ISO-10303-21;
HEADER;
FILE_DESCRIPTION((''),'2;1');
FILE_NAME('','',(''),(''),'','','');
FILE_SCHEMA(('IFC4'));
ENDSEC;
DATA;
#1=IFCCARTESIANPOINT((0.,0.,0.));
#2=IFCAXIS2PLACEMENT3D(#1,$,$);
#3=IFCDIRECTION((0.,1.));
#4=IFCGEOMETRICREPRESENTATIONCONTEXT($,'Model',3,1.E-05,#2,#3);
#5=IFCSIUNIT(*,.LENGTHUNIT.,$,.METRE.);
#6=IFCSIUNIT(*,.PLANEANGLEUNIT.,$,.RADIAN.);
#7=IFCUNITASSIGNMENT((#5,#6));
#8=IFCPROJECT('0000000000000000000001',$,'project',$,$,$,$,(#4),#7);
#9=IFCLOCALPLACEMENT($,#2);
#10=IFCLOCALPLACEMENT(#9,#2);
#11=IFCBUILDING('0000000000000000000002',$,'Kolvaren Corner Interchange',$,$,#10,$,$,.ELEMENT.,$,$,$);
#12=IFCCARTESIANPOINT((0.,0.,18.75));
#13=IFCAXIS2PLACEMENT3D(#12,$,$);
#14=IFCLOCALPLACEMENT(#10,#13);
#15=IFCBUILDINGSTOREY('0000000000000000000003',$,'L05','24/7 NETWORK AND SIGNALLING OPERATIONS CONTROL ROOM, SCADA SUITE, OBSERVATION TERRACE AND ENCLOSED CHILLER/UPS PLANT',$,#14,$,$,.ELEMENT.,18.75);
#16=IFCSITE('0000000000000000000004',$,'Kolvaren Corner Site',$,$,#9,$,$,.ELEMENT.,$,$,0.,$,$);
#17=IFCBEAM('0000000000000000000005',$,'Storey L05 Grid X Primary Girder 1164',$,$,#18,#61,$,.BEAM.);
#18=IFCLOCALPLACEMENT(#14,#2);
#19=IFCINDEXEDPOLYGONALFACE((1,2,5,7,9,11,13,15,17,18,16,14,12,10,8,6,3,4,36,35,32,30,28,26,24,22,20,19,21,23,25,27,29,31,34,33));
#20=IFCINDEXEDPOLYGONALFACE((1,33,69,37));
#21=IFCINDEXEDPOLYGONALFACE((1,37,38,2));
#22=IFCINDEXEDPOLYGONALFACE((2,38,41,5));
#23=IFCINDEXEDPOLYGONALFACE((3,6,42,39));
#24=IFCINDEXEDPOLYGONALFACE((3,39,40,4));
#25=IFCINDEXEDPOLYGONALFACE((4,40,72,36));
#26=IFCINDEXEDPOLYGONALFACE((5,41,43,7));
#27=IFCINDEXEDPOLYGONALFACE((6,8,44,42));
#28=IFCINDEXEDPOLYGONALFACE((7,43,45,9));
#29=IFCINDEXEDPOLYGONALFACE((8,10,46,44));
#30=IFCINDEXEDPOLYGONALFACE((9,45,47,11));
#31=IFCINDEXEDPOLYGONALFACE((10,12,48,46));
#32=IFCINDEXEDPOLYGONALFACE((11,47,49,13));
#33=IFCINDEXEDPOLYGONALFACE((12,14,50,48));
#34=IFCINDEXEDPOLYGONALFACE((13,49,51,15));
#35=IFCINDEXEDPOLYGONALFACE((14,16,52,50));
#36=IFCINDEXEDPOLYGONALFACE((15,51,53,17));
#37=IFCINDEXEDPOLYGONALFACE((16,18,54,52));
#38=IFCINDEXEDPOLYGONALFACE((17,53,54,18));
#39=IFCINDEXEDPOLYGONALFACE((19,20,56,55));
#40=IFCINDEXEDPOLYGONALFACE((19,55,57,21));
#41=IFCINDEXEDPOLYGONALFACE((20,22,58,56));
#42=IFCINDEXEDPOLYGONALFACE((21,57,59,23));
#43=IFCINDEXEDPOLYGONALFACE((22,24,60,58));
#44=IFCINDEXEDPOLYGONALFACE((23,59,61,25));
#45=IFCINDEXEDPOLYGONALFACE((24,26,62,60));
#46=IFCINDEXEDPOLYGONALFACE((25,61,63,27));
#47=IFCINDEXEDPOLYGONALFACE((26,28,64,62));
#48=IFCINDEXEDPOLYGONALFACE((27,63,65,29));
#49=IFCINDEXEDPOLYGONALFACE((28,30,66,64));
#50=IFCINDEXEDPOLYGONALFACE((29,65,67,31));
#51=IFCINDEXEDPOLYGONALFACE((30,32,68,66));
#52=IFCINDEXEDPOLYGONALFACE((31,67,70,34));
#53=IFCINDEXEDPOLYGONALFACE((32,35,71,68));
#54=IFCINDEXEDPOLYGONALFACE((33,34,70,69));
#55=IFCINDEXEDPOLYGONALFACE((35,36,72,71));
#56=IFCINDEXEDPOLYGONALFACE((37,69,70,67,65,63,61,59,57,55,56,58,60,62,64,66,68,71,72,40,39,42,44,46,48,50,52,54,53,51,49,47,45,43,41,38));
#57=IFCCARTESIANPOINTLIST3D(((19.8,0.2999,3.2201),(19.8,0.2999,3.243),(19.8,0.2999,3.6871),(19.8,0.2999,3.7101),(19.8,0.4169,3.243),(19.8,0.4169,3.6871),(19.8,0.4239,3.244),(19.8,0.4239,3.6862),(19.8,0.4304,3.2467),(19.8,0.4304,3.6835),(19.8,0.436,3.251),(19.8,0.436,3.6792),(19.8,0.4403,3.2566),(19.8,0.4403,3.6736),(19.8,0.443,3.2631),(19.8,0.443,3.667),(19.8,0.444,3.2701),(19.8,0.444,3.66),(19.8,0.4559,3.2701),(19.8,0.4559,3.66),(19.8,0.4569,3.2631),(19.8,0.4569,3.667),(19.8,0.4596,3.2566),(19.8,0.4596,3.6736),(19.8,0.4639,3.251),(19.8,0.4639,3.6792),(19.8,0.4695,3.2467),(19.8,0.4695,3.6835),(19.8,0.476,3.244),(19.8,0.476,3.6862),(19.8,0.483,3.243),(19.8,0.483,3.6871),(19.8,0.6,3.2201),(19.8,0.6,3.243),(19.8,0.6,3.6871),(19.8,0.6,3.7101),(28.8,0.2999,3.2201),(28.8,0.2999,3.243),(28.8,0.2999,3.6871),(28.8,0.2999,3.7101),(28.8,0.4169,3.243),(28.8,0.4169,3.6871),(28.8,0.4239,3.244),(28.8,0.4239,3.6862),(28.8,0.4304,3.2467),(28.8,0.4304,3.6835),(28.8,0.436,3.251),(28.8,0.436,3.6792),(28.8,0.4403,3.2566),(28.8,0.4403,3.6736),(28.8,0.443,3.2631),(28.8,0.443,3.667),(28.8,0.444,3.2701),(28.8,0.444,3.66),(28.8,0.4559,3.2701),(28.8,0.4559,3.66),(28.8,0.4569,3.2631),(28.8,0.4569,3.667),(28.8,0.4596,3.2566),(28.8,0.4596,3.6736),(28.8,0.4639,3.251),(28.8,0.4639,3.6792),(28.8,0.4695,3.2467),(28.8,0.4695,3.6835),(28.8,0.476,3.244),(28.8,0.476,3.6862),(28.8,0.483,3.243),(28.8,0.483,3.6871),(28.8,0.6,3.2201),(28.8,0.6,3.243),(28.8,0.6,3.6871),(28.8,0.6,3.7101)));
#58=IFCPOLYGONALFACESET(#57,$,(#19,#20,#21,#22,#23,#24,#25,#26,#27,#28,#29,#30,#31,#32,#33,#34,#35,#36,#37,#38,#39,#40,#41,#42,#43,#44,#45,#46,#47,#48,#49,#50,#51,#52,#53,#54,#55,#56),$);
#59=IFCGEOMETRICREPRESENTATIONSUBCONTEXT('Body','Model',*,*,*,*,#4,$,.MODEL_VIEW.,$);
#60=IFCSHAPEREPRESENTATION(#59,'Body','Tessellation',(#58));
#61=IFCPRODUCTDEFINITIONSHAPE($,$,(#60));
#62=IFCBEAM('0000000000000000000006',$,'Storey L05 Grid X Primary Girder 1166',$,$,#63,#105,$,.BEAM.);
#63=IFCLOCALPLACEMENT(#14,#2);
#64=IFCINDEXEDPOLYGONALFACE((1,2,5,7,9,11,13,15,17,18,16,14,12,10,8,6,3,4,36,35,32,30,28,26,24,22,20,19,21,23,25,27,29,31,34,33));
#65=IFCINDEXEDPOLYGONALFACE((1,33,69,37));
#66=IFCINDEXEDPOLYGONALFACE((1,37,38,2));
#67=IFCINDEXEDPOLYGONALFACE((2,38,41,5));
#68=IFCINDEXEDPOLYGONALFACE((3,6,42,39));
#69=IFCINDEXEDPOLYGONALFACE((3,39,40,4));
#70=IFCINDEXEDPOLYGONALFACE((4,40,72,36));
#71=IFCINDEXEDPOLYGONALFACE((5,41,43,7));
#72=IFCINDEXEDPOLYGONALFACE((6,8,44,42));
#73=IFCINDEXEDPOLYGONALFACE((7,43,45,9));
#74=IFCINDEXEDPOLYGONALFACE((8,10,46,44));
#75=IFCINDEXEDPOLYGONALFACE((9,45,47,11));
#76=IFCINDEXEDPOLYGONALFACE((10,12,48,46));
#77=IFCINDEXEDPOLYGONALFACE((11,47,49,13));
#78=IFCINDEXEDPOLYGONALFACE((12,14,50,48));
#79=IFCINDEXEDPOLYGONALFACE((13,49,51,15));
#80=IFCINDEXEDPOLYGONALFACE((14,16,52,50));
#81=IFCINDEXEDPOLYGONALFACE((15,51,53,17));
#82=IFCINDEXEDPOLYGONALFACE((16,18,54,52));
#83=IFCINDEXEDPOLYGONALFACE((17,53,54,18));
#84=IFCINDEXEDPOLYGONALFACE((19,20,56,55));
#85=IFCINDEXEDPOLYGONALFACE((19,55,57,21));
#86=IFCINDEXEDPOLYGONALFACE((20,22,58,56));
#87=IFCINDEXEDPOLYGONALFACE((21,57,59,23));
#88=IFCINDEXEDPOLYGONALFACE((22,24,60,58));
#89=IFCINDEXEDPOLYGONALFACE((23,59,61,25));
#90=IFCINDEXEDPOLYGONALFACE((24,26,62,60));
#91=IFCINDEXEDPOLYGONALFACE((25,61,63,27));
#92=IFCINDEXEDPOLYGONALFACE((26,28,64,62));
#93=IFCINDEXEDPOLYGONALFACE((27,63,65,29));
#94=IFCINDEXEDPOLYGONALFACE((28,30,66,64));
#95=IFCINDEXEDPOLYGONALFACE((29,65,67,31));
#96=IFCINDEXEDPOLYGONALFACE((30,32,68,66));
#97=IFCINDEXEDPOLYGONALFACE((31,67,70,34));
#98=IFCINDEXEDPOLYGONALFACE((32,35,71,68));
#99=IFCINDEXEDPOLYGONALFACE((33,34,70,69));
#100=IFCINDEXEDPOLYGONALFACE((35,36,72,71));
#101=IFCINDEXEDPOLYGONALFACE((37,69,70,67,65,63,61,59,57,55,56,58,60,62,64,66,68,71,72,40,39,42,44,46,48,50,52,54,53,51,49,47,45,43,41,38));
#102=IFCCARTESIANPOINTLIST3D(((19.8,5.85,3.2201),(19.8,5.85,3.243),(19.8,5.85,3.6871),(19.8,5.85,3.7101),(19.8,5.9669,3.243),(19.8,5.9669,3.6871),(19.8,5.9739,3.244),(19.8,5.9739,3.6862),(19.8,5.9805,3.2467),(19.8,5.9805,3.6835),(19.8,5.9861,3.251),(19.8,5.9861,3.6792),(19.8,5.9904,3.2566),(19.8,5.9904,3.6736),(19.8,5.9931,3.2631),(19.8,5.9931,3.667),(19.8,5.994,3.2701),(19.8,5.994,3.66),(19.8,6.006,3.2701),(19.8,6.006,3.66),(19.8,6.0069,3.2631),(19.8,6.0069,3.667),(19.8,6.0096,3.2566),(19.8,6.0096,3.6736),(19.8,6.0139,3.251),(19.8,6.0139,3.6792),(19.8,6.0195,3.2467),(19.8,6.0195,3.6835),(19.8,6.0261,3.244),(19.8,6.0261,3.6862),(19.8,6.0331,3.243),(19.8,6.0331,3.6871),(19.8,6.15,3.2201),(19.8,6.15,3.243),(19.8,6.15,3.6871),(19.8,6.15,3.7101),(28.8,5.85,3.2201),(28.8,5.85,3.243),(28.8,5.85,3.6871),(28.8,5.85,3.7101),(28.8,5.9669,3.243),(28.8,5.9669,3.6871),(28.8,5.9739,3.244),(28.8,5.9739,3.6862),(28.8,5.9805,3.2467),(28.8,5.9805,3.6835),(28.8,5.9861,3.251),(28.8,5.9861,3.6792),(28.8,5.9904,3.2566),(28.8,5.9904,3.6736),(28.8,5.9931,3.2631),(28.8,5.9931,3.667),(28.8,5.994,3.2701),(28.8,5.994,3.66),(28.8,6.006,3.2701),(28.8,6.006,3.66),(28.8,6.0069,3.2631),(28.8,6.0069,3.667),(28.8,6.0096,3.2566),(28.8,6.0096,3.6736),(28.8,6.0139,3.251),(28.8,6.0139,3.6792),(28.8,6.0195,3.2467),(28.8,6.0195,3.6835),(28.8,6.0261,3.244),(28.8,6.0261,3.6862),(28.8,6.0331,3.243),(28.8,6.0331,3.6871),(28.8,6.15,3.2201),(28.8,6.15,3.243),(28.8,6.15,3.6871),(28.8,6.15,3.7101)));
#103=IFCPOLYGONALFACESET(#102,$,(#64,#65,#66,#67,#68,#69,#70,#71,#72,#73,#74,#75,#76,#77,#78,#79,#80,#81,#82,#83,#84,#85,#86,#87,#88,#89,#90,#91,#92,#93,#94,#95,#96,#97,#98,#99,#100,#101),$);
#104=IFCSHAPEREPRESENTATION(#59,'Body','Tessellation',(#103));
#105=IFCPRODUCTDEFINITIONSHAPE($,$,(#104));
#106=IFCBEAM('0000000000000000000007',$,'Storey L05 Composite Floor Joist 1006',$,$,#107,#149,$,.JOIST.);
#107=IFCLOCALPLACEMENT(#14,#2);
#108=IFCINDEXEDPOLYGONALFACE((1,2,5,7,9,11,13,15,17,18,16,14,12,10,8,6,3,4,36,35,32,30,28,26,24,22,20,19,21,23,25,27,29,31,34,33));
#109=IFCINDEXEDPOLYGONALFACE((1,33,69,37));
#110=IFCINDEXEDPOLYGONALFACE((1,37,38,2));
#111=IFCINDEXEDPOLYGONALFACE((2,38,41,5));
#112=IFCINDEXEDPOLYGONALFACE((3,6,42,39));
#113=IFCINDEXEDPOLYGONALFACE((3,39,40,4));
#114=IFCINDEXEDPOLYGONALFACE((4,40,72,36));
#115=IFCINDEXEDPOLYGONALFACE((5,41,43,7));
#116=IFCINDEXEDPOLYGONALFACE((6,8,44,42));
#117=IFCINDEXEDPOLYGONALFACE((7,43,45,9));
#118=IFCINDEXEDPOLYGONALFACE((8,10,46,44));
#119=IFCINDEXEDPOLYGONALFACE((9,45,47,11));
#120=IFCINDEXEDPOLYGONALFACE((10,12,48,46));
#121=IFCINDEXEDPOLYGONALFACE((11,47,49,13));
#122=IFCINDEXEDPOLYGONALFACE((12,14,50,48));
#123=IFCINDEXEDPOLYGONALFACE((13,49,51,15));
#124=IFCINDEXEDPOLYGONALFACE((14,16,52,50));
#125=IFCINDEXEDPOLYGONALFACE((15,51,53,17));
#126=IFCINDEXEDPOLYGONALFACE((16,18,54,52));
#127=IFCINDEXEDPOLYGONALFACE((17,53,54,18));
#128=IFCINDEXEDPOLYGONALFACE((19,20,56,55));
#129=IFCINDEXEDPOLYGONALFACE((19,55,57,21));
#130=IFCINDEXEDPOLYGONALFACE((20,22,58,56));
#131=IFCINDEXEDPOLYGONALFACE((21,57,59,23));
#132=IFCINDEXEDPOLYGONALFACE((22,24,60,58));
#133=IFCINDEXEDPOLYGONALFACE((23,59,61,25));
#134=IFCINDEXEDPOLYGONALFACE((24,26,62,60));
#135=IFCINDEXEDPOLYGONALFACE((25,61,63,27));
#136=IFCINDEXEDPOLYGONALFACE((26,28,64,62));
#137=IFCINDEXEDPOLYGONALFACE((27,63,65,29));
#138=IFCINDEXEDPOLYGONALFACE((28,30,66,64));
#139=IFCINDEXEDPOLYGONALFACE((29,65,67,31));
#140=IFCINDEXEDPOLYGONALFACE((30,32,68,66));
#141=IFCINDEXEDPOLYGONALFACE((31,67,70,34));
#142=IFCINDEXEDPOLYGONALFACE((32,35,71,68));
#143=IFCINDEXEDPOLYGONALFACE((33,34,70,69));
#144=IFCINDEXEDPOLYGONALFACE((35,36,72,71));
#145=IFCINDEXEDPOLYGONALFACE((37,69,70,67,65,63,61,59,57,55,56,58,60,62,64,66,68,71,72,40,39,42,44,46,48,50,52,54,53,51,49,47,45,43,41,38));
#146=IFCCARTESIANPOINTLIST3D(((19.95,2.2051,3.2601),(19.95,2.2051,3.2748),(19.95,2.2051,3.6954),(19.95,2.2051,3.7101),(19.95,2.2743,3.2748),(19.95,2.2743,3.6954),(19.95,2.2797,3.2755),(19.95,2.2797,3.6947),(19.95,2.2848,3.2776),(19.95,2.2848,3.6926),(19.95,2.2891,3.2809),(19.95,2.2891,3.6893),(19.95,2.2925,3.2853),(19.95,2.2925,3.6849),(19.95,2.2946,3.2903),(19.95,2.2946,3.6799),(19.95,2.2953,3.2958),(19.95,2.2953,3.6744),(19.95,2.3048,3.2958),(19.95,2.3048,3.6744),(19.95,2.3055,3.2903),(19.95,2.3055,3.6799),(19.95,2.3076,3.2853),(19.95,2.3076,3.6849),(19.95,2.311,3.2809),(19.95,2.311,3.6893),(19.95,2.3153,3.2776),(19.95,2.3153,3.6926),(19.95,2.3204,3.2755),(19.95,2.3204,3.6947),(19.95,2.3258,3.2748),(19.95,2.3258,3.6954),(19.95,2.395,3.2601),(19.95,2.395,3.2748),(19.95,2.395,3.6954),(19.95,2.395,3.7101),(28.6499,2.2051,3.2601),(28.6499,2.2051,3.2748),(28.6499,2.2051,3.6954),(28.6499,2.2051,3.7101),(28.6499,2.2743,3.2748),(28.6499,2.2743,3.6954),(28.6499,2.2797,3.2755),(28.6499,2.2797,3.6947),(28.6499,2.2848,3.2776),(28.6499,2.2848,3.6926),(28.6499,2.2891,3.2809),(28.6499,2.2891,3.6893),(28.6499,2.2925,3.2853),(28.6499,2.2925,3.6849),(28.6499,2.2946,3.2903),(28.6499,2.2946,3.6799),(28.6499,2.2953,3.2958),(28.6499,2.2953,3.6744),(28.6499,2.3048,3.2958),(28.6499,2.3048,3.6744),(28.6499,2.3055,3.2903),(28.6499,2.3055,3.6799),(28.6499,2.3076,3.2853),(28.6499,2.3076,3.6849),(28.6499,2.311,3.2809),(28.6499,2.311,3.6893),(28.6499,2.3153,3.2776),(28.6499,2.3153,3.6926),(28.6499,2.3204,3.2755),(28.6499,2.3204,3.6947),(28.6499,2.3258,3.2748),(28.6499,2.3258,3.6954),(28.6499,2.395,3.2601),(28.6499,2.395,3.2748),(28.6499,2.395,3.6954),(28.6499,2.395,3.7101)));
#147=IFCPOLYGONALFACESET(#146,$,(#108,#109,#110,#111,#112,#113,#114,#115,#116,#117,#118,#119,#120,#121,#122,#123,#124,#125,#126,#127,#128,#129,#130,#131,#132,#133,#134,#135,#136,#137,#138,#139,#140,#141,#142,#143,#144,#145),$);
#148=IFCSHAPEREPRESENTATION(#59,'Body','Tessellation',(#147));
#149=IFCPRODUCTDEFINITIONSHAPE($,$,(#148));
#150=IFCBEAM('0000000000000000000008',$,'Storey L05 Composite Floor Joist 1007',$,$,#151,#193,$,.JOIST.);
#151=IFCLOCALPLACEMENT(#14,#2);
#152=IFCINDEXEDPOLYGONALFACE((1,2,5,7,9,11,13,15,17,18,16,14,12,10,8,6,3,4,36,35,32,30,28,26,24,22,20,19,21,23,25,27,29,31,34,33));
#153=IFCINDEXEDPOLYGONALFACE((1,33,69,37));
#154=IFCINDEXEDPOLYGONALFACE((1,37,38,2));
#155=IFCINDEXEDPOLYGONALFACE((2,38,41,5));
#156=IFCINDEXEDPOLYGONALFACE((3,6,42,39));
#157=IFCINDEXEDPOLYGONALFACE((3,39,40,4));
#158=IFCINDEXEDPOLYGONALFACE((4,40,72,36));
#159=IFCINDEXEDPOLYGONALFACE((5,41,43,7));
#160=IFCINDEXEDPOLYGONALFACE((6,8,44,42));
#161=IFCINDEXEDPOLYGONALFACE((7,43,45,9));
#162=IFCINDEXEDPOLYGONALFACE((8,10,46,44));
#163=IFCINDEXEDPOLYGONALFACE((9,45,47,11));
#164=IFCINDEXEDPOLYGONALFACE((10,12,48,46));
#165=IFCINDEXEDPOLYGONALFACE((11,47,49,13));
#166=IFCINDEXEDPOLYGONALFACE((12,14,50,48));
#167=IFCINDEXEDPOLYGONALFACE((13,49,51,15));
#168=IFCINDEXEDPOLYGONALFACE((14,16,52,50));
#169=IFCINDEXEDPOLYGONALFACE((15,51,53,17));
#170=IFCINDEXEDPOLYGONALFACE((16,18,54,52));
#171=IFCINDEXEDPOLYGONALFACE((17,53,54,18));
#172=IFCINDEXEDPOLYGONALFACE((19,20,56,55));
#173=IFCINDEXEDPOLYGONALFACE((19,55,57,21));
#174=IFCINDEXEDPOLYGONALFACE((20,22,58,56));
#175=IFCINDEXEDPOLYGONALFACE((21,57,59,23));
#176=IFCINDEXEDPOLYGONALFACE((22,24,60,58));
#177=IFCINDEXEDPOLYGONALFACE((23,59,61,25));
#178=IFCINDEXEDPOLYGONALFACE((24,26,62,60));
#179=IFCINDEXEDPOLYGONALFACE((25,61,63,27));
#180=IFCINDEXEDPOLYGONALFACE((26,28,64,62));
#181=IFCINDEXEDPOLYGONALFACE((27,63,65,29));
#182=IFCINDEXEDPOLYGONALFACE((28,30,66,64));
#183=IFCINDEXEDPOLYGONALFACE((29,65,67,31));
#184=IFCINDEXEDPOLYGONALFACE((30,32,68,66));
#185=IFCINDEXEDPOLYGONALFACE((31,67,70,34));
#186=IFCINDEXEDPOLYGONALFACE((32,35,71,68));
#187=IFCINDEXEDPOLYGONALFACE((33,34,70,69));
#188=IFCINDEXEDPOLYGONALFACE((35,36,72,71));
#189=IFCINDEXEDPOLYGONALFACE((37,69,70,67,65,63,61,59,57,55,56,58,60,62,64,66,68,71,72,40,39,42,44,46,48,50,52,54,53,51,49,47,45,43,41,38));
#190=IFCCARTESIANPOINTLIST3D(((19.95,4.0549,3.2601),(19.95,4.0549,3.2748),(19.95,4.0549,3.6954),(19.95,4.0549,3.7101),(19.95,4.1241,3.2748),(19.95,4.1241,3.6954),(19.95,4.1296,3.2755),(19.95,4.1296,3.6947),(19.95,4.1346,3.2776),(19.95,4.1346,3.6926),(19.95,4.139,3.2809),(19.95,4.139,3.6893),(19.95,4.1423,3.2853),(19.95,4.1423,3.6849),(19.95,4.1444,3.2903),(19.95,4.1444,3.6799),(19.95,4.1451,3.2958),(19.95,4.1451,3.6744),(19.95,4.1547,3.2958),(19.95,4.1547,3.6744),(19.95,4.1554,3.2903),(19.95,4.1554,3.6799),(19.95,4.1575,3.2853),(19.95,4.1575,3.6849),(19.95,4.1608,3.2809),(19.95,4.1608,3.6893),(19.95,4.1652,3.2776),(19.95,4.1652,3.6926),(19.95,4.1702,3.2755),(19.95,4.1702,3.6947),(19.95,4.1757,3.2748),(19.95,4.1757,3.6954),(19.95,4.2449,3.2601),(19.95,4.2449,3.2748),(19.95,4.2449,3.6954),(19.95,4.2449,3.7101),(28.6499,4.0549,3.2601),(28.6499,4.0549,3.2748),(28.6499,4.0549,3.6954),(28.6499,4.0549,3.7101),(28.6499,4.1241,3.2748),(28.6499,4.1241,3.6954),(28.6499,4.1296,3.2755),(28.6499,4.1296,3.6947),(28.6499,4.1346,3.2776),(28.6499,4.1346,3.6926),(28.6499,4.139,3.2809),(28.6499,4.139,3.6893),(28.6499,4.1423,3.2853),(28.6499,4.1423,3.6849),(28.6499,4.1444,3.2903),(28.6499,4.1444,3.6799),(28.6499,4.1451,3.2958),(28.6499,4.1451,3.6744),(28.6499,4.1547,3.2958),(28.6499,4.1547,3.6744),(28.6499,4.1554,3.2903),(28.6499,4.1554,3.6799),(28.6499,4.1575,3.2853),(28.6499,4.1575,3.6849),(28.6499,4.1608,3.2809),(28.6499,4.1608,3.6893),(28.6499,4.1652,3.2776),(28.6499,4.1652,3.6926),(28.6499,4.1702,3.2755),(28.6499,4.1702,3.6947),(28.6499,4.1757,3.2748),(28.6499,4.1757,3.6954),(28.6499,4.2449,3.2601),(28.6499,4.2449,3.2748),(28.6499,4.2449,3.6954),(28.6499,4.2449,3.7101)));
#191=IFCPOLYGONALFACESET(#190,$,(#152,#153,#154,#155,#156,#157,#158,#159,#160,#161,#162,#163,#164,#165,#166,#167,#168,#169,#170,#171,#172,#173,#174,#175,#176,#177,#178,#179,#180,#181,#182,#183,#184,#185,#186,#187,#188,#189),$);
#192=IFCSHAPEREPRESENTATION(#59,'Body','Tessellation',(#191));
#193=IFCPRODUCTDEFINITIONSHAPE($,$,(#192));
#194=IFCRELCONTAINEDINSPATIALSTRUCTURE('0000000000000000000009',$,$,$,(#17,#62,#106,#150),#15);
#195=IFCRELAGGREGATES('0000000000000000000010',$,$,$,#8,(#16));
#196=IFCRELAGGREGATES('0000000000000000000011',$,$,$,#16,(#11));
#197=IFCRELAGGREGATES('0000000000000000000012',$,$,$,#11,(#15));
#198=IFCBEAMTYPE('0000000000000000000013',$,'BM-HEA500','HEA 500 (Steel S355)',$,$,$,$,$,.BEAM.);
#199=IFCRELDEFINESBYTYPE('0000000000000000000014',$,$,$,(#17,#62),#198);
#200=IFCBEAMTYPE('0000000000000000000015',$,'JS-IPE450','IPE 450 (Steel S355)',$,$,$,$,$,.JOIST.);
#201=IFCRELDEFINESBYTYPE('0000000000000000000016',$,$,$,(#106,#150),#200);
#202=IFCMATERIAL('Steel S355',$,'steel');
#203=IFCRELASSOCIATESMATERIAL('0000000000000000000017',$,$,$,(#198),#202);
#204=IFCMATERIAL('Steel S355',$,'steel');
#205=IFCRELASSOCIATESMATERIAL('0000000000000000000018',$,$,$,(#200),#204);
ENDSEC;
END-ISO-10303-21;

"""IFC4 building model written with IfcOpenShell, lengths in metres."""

from ifc_helpers import new_model, si_unit, direction, frame, origin, origin_2d, place, context, subcontext, project, spatial, i_section, extrude, material, material_profile, profile_set, type_object, element, save


model = new_model("IFC4")

# Units and contexts
model_context = context("Model", 3, precision=1e-05, world=origin(), true_north=direction((0.0, 1.0)))
body_context = subcontext(model_context, "Body", "Model", "MODEL_VIEW")
ifc_project = project(units=[si_unit("LENGTHUNIT", "METRE"), si_unit("PLANEANGLEUNIT", "RADIAN")], contexts=[model_context])

# Site, building, storey
site_placement = place(None, origin())
site = spatial("IfcSite", under=ifc_project, at=site_placement, Name="Kolvaren Corner Site", CompositionType="ELEMENT", RefElevation=0.0)
building_placement = place(site_placement, origin())
building = spatial("IfcBuilding", under=site, at=building_placement, Name="Kolvaren Corner Interchange", CompositionType="ELEMENT")
storey_placement = place(building_placement, frame((0.0, 0.0, 18.75)))
storey = spatial("IfcBuildingStorey", under=building, at=storey_placement, Name="L05", Description="24/7 NETWORK AND SIGNALLING OPERATIONS CONTROL ROOM, SCADA SUITE, OBSERVATION TERRACE AND ENCLOSED CHILLER/UPS PLANT", CompositionType="ELEMENT", Elevation=18.75)

# Beams
ifc_material_1 = material(Name="Steel S355", Category="steel")
ifc_material_profile_1 = material_profile(ifc_material_1, i_section(OverallWidth=0.3, OverallDepth=0.49, WebThickness=0.012, FlangeThickness=0.0229, FilletRadius=0.0271, at=origin_2d()), Name="HEA 500")
ifc_profile_set_1 = profile_set([ifc_material_profile_1], Name="Steel S355")
beam_type_1 = type_object("IfcBeamType", Name="BM-HEA500", Description="HEA 500 (Steel S355)", PredefinedType="BEAM", material=ifc_profile_set_1)
for number, where, z_axis, x_axis, name in (
    (1, (19.8, 0.45, 3.4651), (1.0, 0.0, 0.0), (0.0, 1.0, 0.0), "Storey L05 Grid X Primary Girder 1164"),
    (2, (19.8, 6.0, 3.4651), (1.0, 0.0, 0.0), (0.0, 1.0, 0.0), "Storey L05 Grid X Primary Girder 1166"),
):
    element("IfcBeam", number, at=place(storey_placement, frame(where, z_axis=z_axis, x_axis=x_axis)), inside=storey, type_object=beam_type_1, Name=name, PredefinedType="BEAM", context=body_context, shape_type="SweptSolid", body=[
        extrude(i_section(OverallWidth=0.3, OverallDepth=0.49, WebThickness=0.012, FlangeThickness=0.0229, FilletRadius=0.0271, at=origin_2d()), origin(), (0.0, 0.0, 1.0), 9.0),
    ])
ifc_material_2 = material(Name="Steel S355", Category="steel")
ifc_material_profile_2 = material_profile(ifc_material_2, i_section(OverallWidth=0.1899, OverallDepth=0.45, WebThickness=0.0095, FlangeThickness=0.0146, FilletRadius=0.021, at=origin_2d()), Name="IPE 450")
ifc_profile_set_2 = profile_set([ifc_material_profile_2], Name="Steel S355")
beam_type_2 = type_object("IfcBeamType", Name="JS-IPE450", Description="IPE 450 (Steel S355)", PredefinedType="JOIST", material=ifc_profile_set_2)
for number, where, z_axis, x_axis, name in (
    (3, (19.95, 2.3, 3.4851), (1.0, 0.0, 0.0), (0.0, 1.0, 0.0), "Storey L05 Composite Floor Joist 1006"),
    (4, (19.95, 4.1499, 3.4851), (1.0, 0.0, 0.0), (0.0, 1.0, 0.0), "Storey L05 Composite Floor Joist 1007"),
):
    element("IfcBeam", number, at=place(storey_placement, frame(where, z_axis=z_axis, x_axis=x_axis)), inside=storey, type_object=beam_type_2, Name=name, PredefinedType="JOIST", context=body_context, shape_type="SweptSolid", body=[
        extrude(i_section(OverallWidth=0.1899, OverallDepth=0.45, WebThickness=0.0095, FlangeThickness=0.0146, FilletRadius=0.021, at=origin_2d()), origin(), (0.0, 0.0, 1.0), 8.7),
    ])

save(model, "model.ifc")
